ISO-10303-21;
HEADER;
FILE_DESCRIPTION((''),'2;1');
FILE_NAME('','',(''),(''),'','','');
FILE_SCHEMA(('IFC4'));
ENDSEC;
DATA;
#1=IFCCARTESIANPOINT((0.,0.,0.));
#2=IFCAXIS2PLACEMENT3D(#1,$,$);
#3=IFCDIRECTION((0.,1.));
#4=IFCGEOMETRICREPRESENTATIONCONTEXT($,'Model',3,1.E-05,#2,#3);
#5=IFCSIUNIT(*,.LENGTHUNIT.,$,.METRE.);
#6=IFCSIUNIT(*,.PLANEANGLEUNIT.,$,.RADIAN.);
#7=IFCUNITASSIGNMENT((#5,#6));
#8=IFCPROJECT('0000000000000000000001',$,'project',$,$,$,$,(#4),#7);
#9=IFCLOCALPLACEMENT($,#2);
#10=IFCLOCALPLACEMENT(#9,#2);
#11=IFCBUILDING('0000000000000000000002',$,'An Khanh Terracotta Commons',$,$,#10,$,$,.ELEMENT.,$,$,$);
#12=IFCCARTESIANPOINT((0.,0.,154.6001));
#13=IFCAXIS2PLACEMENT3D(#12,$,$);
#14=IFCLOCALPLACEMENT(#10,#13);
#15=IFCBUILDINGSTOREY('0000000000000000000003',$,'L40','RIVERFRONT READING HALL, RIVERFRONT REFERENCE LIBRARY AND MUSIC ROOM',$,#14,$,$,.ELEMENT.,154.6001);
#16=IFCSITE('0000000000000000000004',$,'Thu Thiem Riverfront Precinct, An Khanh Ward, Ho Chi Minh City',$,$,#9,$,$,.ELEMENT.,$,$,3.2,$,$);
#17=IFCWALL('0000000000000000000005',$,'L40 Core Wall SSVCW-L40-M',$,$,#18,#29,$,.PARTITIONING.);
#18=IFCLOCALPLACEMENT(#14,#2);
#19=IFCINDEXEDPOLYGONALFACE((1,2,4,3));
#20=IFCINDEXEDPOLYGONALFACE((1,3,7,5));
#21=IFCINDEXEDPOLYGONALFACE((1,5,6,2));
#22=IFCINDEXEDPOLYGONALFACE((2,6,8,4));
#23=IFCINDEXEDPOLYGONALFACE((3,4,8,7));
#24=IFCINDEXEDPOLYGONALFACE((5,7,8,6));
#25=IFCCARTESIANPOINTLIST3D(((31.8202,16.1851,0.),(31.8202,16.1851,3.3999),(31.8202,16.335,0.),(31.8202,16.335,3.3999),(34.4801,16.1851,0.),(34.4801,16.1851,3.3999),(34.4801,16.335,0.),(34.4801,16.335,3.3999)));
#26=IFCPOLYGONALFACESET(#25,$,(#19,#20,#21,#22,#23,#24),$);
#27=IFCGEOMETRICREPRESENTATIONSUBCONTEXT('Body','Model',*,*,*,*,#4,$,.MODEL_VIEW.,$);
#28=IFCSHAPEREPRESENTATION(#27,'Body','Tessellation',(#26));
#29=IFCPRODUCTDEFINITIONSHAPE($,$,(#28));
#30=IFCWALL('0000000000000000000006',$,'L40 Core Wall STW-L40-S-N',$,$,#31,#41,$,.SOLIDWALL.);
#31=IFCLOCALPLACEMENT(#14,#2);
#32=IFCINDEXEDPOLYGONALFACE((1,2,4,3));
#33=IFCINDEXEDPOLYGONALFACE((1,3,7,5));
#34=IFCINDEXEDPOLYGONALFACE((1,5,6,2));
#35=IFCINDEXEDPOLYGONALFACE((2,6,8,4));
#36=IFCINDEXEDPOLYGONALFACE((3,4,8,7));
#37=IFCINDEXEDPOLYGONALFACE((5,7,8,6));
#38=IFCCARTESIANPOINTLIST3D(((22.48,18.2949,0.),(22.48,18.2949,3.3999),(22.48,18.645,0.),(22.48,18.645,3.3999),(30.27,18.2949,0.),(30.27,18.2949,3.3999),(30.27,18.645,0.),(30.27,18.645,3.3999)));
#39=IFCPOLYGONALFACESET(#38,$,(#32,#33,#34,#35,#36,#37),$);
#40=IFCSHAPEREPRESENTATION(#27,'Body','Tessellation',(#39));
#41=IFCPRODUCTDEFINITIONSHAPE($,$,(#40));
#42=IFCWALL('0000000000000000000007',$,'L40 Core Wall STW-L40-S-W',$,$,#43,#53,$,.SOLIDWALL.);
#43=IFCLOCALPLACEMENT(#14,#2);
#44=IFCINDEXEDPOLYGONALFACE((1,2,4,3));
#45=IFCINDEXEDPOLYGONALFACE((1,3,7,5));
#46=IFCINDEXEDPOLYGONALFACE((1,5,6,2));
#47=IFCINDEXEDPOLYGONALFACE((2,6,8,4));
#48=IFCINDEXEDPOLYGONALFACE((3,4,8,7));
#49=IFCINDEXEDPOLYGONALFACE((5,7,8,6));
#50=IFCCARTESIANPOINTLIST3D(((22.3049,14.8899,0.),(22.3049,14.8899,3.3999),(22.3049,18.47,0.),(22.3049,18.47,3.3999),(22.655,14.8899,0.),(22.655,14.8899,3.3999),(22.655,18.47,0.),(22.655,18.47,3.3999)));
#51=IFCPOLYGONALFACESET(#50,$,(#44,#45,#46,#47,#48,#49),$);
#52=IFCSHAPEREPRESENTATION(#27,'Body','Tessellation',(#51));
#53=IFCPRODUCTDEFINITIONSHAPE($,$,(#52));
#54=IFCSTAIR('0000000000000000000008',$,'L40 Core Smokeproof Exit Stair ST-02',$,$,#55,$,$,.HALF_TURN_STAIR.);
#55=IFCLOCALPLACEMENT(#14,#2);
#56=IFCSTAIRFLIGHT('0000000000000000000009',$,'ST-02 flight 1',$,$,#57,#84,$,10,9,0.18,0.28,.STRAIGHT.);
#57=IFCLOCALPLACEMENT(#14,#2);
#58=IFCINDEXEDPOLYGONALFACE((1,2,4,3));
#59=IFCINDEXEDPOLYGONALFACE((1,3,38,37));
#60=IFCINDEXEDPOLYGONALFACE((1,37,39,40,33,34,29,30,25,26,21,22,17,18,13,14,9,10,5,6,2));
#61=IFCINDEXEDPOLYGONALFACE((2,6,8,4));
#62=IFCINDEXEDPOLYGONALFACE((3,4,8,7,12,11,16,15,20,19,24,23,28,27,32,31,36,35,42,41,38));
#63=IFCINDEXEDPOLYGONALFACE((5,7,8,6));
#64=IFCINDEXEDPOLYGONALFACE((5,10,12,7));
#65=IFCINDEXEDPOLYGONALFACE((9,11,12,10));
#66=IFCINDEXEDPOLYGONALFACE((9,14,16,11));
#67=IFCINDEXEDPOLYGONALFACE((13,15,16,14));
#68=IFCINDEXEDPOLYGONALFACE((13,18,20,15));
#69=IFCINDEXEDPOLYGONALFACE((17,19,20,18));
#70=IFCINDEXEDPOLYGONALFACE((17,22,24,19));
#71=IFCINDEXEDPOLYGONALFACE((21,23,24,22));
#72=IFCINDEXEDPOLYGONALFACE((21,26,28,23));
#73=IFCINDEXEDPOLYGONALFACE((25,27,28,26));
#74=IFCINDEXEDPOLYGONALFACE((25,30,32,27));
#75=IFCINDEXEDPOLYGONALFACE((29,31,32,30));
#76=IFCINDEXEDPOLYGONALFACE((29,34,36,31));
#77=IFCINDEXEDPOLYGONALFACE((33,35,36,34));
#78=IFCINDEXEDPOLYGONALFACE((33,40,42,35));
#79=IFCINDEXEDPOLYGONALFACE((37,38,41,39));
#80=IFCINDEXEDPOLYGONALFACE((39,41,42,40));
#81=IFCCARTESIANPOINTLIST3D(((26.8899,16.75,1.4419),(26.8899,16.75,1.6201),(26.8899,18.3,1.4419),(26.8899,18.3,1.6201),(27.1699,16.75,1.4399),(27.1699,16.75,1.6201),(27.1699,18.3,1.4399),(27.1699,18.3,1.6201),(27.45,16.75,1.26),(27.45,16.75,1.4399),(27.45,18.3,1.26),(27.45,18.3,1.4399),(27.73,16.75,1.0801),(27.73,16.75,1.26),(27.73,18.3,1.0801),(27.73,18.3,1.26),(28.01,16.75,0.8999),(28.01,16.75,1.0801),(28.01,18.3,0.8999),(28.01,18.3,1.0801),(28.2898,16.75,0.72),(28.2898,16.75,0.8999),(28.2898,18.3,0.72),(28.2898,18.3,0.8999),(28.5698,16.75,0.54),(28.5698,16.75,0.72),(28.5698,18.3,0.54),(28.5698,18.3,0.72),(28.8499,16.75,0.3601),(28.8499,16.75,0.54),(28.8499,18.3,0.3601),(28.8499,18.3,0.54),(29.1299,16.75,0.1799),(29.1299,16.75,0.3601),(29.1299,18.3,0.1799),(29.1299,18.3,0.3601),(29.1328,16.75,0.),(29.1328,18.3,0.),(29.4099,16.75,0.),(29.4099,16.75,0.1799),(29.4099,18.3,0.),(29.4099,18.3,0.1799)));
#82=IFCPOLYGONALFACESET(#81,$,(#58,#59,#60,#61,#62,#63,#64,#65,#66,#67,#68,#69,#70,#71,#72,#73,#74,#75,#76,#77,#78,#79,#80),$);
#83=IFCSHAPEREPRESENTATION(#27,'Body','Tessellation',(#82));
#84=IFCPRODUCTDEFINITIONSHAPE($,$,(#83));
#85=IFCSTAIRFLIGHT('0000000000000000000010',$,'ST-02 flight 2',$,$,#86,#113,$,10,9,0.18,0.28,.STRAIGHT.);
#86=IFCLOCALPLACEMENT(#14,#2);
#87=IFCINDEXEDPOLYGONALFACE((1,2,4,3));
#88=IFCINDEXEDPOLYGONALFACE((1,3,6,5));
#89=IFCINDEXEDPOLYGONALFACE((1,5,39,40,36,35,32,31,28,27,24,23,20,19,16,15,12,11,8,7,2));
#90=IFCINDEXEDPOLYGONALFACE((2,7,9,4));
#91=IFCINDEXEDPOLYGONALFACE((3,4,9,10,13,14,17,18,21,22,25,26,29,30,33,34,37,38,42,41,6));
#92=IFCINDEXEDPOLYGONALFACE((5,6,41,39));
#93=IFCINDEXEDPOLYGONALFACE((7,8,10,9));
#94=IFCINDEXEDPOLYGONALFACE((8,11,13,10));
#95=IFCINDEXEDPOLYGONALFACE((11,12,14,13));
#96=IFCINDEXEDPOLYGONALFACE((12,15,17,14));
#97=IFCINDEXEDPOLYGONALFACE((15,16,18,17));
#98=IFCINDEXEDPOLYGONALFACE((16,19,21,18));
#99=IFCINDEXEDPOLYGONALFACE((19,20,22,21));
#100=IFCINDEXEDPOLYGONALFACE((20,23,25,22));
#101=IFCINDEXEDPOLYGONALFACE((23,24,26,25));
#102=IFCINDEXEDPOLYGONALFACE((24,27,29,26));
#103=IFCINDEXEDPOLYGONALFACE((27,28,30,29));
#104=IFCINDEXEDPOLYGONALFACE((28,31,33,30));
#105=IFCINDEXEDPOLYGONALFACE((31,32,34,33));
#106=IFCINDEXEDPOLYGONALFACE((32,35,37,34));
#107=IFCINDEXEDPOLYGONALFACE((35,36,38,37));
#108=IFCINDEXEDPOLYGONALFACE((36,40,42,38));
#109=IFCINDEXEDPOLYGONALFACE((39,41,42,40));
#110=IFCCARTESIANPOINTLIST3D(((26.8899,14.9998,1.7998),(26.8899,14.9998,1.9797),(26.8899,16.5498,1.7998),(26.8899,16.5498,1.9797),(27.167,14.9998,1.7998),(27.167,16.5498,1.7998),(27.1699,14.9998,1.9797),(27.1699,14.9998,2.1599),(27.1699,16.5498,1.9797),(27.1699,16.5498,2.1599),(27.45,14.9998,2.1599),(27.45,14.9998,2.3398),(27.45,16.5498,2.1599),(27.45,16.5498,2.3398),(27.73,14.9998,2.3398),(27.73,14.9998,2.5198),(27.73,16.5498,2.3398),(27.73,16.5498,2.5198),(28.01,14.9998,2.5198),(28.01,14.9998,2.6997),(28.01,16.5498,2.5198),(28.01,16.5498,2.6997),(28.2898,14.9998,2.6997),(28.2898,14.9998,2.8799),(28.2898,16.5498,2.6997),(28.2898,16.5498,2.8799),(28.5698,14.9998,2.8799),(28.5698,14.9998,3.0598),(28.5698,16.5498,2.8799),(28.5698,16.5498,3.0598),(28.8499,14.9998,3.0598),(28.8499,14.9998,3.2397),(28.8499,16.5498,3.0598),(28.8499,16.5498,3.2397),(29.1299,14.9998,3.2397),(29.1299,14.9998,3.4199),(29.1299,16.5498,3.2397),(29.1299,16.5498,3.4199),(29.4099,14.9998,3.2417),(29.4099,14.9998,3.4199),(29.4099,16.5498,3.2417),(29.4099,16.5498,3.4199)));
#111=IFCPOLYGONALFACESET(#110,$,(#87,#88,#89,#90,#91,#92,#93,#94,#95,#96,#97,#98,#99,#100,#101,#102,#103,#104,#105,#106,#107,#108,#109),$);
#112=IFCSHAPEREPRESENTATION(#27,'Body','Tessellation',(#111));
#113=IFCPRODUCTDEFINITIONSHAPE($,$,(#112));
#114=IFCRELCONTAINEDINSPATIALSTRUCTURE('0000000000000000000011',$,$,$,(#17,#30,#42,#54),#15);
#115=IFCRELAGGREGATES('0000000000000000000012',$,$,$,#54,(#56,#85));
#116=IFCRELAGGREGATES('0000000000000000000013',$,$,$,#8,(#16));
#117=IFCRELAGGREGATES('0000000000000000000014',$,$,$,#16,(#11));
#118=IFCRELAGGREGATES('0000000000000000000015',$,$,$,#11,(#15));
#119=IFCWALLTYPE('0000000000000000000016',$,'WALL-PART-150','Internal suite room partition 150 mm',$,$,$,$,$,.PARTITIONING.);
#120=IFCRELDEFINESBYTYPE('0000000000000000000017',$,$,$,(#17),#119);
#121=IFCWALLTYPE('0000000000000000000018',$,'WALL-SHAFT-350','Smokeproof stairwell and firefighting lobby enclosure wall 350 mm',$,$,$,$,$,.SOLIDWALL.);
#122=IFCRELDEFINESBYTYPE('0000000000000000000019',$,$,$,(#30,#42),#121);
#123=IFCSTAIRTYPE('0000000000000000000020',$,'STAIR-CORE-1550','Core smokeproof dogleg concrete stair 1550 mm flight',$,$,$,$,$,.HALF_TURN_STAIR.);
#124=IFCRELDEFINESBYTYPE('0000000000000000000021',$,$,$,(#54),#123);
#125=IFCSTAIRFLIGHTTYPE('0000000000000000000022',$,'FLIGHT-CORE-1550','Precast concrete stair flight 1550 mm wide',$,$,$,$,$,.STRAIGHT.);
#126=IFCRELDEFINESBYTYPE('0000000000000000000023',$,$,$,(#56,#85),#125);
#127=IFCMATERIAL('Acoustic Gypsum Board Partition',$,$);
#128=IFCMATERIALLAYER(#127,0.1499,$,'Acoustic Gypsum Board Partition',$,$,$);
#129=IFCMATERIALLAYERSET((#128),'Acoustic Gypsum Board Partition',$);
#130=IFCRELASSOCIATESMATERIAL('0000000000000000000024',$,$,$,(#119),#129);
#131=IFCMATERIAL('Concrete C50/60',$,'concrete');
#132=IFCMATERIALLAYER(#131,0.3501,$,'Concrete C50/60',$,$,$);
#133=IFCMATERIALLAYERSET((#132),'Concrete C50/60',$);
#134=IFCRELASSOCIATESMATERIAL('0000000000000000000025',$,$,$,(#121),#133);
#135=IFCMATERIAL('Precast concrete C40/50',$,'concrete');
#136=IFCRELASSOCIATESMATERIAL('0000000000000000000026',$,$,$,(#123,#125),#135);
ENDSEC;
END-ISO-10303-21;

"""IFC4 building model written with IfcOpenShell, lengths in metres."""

from ifc_helpers import new_model, si_unit, direction, frame, frame_2d, origin, place, context, subcontext, project, spatial, polyline, rectangle, outline, extrude, material, layer, layer_set, type_object, element, aggregate, save


model = new_model("IFC4")

# Units and contexts
model_context = context("Model", 3, precision=1e-05, world=origin(), true_north=direction((0.0, 1.0)))
body_context = subcontext(model_context, "Body", "Model", "MODEL_VIEW")
ifc_project = project(units=[si_unit("LENGTHUNIT", "METRE"), si_unit("PLANEANGLEUNIT", "RADIAN")], contexts=[model_context])

# Site, building, storey
site_placement = place(None, origin())
site = spatial("IfcSite", under=ifc_project, at=site_placement, Name="Thu Thiem Riverfront Precinct, An Khanh Ward, Ho Chi Minh City", CompositionType="ELEMENT", RefElevation=3.2)
building_placement = place(site_placement, origin())
building = spatial("IfcBuilding", under=site, at=building_placement, Name="An Khanh Terracotta Commons", CompositionType="ELEMENT")
storey_placement = place(building_placement, frame((0.0, 0.0, 154.6001)))
storey = spatial("IfcBuildingStorey", under=building, at=storey_placement, Name="L40", Description="RIVERFRONT READING HALL, RIVERFRONT REFERENCE LIBRARY AND MUSIC ROOM", CompositionType="ELEMENT", Elevation=154.6001)

# Walls
ifc_material_1 = material(Name="Acoustic Gypsum Board Partition")
ifc_layer_1 = layer(ifc_material_1, 0.1499, Name="Acoustic Gypsum Board Partition")
ifc_layer_set_1 = layer_set([ifc_layer_1], Name="Acoustic Gypsum Board Partition")
wall_type_1 = type_object("IfcWallType", Name="WALL-PART-150", Description="Internal suite room partition 150 mm", PredefinedType="PARTITIONING", material=ifc_layer_set_1)
wall_1_placement = place(storey_placement, frame((31.8201, 16.26, 0.0), z_axis=(0.0, 0.0, 1.0), x_axis=(1.0, 0.0, 0.0)))
element("IfcWall", 1, at=wall_1_placement, inside=storey, type_object=wall_type_1, Name="L40 Core Wall SSVCW-L40-M", PredefinedType="PARTITIONING", context=body_context, shape_type="SweptSolid", body=[
    extrude(rectangle(XDim=2.6599, YDim=0.1499, at=frame_2d((1.3301, 0.0))), origin(), (0.0, 0.0, 1.0), 3.3999),
])
ifc_material_2 = material(Name="Concrete C50/60", Category="concrete")
ifc_layer_2 = layer(ifc_material_2, 0.3501, Name="Concrete C50/60")
ifc_layer_set_2 = layer_set([ifc_layer_2], Name="Concrete C50/60")
wall_type_2 = type_object("IfcWallType", Name="WALL-SHAFT-350", Description="Smokeproof stairwell and firefighting lobby enclosure wall 350 mm", PredefinedType="SOLIDWALL", material=ifc_layer_set_2)
wall_2_placement = place(storey_placement, frame((22.48, 18.47, 0.0), z_axis=(0.0, 0.0, 1.0), x_axis=(1.0, 0.0, 0.0)))
element("IfcWall", 2, at=wall_2_placement, inside=storey, type_object=wall_type_2, Name="L40 Core Wall STW-L40-S-N", PredefinedType="SOLIDWALL", context=body_context, shape_type="SweptSolid", body=[
    extrude(rectangle(XDim=7.79, YDim=0.3501, at=frame_2d((3.895, 0.0))), origin(), (0.0, 0.0, 1.0), 3.3999),
])
wall_3_placement = place(storey_placement, frame((22.48, 14.8899, 0.0), z_axis=(0.0, 0.0, 1.0), x_axis=(0.0, 1.0, 0.0)))
element("IfcWall", 3, at=wall_3_placement, inside=storey, type_object=wall_type_2, Name="L40 Core Wall STW-L40-S-W", PredefinedType="SOLIDWALL", context=body_context, shape_type="SweptSolid", body=[
    extrude(rectangle(XDim=3.5801, YDim=0.3501, at=frame_2d((1.79, 0.0))), origin(), (0.0, 0.0, 1.0), 3.3999),
])

# Stair, stair flights
ifc_material_3 = material(Name="Precast concrete C40/50", Category="concrete")
stair_type = type_object("IfcStairType", Name="STAIR-CORE-1550", Description="Core smokeproof dogleg concrete stair 1550 mm flight", PredefinedType="HALF_TURN_STAIR", material=ifc_material_3)
stair_placement = place(storey_placement, origin())
stair = element("IfcStair", 4, at=stair_placement, inside=storey, type_object=stair_type, Name="L40 Core Smokeproof Exit Stair ST-02", PredefinedType="HALF_TURN_STAIR")
stair_flight_type = type_object("IfcStairFlightType", Name="FLIGHT-CORE-1550", Description="Precast concrete stair flight 1550 mm wide", PredefinedType="STRAIGHT", material=ifc_material_3)
stair_flight_1_placement = place(storey_placement, frame((29.4099, 17.5249, 0.0), z_axis=(0.0, 0.0, 1.0), x_axis=(-1.0, 0.0, 0.0)))
stair_flight_1 = element("IfcStairFlight", 5, at=stair_flight_1_placement, type_object=stair_flight_type, Name="ST-02 flight 1", NumberOfRisers=10, NumberOfTreads=9, PredefinedType="STRAIGHT", RiserHeight=0.18, TreadLength=0.28, context=body_context, shape_type="SweptSolid", body=[
    extrude(outline(polyline([(0.0, 0.0), (0.0, 0.1799), (0.28, 0.1799), (0.28, 0.3601), (0.5601, 0.3601), (0.5601, 0.54), (0.8401, 0.54), (0.8401, 0.72), (1.1201, 0.72), (1.1201, 0.8999), (1.3999, 0.8999), (1.3999, 1.0801), (1.6799, 1.0801), (1.6799, 1.26), (1.96, 1.26), (1.96, 1.4399), (2.24, 1.4399), (2.24, 1.6201), (2.52, 1.6201), (2.52, 1.8), (2.52, 1.4419), (0.2771, 0.0), (0.0, 0.0)])), frame((0.0, 0.7749, 0.0), z_axis=(0.0, -1.0, 0.0), x_axis=(1.0, 0.0, 0.0)), (0.0, 0.0, 1.0), 1.55),
])
stair_flight_2_placement = place(storey_placement, frame((26.8899, 15.7749, 1.7998), z_axis=(0.0, 0.0, 1.0), x_axis=(1.0, 0.0, 0.0)))
stair_flight_2 = element("IfcStairFlight", 6, at=stair_flight_2_placement, type_object=stair_flight_type, Name="ST-02 flight 2", NumberOfRisers=10, NumberOfTreads=9, PredefinedType="STRAIGHT", RiserHeight=0.18, TreadLength=0.28, context=body_context, shape_type="SweptSolid", body=[
    extrude(outline(polyline([(0.0, 0.0), (0.0, 0.1799), (0.28, 0.1799), (0.28, 0.3601), (0.5601, 0.3601), (0.5601, 0.54), (0.8401, 0.54), (0.8401, 0.72), (1.1201, 0.72), (1.1201, 0.8999), (1.3999, 0.8999), (1.3999, 1.0801), (1.6799, 1.0801), (1.6799, 1.26), (1.96, 1.26), (1.96, 1.4399), (2.24, 1.4399), (2.24, 1.6201), (2.52, 1.6201), (2.52, 1.8), (2.52, 1.4419), (0.2771, 0.0), (0.0, 0.0)])), frame((0.0, 0.7749, 0.0), z_axis=(0.0, -1.0, 0.0), x_axis=(1.0, 0.0, 0.0)), (0.0, 0.0, 1.0), 1.55),
])
aggregate(stair, [stair_flight_1, stair_flight_2])

save(model, "model.ifc")
